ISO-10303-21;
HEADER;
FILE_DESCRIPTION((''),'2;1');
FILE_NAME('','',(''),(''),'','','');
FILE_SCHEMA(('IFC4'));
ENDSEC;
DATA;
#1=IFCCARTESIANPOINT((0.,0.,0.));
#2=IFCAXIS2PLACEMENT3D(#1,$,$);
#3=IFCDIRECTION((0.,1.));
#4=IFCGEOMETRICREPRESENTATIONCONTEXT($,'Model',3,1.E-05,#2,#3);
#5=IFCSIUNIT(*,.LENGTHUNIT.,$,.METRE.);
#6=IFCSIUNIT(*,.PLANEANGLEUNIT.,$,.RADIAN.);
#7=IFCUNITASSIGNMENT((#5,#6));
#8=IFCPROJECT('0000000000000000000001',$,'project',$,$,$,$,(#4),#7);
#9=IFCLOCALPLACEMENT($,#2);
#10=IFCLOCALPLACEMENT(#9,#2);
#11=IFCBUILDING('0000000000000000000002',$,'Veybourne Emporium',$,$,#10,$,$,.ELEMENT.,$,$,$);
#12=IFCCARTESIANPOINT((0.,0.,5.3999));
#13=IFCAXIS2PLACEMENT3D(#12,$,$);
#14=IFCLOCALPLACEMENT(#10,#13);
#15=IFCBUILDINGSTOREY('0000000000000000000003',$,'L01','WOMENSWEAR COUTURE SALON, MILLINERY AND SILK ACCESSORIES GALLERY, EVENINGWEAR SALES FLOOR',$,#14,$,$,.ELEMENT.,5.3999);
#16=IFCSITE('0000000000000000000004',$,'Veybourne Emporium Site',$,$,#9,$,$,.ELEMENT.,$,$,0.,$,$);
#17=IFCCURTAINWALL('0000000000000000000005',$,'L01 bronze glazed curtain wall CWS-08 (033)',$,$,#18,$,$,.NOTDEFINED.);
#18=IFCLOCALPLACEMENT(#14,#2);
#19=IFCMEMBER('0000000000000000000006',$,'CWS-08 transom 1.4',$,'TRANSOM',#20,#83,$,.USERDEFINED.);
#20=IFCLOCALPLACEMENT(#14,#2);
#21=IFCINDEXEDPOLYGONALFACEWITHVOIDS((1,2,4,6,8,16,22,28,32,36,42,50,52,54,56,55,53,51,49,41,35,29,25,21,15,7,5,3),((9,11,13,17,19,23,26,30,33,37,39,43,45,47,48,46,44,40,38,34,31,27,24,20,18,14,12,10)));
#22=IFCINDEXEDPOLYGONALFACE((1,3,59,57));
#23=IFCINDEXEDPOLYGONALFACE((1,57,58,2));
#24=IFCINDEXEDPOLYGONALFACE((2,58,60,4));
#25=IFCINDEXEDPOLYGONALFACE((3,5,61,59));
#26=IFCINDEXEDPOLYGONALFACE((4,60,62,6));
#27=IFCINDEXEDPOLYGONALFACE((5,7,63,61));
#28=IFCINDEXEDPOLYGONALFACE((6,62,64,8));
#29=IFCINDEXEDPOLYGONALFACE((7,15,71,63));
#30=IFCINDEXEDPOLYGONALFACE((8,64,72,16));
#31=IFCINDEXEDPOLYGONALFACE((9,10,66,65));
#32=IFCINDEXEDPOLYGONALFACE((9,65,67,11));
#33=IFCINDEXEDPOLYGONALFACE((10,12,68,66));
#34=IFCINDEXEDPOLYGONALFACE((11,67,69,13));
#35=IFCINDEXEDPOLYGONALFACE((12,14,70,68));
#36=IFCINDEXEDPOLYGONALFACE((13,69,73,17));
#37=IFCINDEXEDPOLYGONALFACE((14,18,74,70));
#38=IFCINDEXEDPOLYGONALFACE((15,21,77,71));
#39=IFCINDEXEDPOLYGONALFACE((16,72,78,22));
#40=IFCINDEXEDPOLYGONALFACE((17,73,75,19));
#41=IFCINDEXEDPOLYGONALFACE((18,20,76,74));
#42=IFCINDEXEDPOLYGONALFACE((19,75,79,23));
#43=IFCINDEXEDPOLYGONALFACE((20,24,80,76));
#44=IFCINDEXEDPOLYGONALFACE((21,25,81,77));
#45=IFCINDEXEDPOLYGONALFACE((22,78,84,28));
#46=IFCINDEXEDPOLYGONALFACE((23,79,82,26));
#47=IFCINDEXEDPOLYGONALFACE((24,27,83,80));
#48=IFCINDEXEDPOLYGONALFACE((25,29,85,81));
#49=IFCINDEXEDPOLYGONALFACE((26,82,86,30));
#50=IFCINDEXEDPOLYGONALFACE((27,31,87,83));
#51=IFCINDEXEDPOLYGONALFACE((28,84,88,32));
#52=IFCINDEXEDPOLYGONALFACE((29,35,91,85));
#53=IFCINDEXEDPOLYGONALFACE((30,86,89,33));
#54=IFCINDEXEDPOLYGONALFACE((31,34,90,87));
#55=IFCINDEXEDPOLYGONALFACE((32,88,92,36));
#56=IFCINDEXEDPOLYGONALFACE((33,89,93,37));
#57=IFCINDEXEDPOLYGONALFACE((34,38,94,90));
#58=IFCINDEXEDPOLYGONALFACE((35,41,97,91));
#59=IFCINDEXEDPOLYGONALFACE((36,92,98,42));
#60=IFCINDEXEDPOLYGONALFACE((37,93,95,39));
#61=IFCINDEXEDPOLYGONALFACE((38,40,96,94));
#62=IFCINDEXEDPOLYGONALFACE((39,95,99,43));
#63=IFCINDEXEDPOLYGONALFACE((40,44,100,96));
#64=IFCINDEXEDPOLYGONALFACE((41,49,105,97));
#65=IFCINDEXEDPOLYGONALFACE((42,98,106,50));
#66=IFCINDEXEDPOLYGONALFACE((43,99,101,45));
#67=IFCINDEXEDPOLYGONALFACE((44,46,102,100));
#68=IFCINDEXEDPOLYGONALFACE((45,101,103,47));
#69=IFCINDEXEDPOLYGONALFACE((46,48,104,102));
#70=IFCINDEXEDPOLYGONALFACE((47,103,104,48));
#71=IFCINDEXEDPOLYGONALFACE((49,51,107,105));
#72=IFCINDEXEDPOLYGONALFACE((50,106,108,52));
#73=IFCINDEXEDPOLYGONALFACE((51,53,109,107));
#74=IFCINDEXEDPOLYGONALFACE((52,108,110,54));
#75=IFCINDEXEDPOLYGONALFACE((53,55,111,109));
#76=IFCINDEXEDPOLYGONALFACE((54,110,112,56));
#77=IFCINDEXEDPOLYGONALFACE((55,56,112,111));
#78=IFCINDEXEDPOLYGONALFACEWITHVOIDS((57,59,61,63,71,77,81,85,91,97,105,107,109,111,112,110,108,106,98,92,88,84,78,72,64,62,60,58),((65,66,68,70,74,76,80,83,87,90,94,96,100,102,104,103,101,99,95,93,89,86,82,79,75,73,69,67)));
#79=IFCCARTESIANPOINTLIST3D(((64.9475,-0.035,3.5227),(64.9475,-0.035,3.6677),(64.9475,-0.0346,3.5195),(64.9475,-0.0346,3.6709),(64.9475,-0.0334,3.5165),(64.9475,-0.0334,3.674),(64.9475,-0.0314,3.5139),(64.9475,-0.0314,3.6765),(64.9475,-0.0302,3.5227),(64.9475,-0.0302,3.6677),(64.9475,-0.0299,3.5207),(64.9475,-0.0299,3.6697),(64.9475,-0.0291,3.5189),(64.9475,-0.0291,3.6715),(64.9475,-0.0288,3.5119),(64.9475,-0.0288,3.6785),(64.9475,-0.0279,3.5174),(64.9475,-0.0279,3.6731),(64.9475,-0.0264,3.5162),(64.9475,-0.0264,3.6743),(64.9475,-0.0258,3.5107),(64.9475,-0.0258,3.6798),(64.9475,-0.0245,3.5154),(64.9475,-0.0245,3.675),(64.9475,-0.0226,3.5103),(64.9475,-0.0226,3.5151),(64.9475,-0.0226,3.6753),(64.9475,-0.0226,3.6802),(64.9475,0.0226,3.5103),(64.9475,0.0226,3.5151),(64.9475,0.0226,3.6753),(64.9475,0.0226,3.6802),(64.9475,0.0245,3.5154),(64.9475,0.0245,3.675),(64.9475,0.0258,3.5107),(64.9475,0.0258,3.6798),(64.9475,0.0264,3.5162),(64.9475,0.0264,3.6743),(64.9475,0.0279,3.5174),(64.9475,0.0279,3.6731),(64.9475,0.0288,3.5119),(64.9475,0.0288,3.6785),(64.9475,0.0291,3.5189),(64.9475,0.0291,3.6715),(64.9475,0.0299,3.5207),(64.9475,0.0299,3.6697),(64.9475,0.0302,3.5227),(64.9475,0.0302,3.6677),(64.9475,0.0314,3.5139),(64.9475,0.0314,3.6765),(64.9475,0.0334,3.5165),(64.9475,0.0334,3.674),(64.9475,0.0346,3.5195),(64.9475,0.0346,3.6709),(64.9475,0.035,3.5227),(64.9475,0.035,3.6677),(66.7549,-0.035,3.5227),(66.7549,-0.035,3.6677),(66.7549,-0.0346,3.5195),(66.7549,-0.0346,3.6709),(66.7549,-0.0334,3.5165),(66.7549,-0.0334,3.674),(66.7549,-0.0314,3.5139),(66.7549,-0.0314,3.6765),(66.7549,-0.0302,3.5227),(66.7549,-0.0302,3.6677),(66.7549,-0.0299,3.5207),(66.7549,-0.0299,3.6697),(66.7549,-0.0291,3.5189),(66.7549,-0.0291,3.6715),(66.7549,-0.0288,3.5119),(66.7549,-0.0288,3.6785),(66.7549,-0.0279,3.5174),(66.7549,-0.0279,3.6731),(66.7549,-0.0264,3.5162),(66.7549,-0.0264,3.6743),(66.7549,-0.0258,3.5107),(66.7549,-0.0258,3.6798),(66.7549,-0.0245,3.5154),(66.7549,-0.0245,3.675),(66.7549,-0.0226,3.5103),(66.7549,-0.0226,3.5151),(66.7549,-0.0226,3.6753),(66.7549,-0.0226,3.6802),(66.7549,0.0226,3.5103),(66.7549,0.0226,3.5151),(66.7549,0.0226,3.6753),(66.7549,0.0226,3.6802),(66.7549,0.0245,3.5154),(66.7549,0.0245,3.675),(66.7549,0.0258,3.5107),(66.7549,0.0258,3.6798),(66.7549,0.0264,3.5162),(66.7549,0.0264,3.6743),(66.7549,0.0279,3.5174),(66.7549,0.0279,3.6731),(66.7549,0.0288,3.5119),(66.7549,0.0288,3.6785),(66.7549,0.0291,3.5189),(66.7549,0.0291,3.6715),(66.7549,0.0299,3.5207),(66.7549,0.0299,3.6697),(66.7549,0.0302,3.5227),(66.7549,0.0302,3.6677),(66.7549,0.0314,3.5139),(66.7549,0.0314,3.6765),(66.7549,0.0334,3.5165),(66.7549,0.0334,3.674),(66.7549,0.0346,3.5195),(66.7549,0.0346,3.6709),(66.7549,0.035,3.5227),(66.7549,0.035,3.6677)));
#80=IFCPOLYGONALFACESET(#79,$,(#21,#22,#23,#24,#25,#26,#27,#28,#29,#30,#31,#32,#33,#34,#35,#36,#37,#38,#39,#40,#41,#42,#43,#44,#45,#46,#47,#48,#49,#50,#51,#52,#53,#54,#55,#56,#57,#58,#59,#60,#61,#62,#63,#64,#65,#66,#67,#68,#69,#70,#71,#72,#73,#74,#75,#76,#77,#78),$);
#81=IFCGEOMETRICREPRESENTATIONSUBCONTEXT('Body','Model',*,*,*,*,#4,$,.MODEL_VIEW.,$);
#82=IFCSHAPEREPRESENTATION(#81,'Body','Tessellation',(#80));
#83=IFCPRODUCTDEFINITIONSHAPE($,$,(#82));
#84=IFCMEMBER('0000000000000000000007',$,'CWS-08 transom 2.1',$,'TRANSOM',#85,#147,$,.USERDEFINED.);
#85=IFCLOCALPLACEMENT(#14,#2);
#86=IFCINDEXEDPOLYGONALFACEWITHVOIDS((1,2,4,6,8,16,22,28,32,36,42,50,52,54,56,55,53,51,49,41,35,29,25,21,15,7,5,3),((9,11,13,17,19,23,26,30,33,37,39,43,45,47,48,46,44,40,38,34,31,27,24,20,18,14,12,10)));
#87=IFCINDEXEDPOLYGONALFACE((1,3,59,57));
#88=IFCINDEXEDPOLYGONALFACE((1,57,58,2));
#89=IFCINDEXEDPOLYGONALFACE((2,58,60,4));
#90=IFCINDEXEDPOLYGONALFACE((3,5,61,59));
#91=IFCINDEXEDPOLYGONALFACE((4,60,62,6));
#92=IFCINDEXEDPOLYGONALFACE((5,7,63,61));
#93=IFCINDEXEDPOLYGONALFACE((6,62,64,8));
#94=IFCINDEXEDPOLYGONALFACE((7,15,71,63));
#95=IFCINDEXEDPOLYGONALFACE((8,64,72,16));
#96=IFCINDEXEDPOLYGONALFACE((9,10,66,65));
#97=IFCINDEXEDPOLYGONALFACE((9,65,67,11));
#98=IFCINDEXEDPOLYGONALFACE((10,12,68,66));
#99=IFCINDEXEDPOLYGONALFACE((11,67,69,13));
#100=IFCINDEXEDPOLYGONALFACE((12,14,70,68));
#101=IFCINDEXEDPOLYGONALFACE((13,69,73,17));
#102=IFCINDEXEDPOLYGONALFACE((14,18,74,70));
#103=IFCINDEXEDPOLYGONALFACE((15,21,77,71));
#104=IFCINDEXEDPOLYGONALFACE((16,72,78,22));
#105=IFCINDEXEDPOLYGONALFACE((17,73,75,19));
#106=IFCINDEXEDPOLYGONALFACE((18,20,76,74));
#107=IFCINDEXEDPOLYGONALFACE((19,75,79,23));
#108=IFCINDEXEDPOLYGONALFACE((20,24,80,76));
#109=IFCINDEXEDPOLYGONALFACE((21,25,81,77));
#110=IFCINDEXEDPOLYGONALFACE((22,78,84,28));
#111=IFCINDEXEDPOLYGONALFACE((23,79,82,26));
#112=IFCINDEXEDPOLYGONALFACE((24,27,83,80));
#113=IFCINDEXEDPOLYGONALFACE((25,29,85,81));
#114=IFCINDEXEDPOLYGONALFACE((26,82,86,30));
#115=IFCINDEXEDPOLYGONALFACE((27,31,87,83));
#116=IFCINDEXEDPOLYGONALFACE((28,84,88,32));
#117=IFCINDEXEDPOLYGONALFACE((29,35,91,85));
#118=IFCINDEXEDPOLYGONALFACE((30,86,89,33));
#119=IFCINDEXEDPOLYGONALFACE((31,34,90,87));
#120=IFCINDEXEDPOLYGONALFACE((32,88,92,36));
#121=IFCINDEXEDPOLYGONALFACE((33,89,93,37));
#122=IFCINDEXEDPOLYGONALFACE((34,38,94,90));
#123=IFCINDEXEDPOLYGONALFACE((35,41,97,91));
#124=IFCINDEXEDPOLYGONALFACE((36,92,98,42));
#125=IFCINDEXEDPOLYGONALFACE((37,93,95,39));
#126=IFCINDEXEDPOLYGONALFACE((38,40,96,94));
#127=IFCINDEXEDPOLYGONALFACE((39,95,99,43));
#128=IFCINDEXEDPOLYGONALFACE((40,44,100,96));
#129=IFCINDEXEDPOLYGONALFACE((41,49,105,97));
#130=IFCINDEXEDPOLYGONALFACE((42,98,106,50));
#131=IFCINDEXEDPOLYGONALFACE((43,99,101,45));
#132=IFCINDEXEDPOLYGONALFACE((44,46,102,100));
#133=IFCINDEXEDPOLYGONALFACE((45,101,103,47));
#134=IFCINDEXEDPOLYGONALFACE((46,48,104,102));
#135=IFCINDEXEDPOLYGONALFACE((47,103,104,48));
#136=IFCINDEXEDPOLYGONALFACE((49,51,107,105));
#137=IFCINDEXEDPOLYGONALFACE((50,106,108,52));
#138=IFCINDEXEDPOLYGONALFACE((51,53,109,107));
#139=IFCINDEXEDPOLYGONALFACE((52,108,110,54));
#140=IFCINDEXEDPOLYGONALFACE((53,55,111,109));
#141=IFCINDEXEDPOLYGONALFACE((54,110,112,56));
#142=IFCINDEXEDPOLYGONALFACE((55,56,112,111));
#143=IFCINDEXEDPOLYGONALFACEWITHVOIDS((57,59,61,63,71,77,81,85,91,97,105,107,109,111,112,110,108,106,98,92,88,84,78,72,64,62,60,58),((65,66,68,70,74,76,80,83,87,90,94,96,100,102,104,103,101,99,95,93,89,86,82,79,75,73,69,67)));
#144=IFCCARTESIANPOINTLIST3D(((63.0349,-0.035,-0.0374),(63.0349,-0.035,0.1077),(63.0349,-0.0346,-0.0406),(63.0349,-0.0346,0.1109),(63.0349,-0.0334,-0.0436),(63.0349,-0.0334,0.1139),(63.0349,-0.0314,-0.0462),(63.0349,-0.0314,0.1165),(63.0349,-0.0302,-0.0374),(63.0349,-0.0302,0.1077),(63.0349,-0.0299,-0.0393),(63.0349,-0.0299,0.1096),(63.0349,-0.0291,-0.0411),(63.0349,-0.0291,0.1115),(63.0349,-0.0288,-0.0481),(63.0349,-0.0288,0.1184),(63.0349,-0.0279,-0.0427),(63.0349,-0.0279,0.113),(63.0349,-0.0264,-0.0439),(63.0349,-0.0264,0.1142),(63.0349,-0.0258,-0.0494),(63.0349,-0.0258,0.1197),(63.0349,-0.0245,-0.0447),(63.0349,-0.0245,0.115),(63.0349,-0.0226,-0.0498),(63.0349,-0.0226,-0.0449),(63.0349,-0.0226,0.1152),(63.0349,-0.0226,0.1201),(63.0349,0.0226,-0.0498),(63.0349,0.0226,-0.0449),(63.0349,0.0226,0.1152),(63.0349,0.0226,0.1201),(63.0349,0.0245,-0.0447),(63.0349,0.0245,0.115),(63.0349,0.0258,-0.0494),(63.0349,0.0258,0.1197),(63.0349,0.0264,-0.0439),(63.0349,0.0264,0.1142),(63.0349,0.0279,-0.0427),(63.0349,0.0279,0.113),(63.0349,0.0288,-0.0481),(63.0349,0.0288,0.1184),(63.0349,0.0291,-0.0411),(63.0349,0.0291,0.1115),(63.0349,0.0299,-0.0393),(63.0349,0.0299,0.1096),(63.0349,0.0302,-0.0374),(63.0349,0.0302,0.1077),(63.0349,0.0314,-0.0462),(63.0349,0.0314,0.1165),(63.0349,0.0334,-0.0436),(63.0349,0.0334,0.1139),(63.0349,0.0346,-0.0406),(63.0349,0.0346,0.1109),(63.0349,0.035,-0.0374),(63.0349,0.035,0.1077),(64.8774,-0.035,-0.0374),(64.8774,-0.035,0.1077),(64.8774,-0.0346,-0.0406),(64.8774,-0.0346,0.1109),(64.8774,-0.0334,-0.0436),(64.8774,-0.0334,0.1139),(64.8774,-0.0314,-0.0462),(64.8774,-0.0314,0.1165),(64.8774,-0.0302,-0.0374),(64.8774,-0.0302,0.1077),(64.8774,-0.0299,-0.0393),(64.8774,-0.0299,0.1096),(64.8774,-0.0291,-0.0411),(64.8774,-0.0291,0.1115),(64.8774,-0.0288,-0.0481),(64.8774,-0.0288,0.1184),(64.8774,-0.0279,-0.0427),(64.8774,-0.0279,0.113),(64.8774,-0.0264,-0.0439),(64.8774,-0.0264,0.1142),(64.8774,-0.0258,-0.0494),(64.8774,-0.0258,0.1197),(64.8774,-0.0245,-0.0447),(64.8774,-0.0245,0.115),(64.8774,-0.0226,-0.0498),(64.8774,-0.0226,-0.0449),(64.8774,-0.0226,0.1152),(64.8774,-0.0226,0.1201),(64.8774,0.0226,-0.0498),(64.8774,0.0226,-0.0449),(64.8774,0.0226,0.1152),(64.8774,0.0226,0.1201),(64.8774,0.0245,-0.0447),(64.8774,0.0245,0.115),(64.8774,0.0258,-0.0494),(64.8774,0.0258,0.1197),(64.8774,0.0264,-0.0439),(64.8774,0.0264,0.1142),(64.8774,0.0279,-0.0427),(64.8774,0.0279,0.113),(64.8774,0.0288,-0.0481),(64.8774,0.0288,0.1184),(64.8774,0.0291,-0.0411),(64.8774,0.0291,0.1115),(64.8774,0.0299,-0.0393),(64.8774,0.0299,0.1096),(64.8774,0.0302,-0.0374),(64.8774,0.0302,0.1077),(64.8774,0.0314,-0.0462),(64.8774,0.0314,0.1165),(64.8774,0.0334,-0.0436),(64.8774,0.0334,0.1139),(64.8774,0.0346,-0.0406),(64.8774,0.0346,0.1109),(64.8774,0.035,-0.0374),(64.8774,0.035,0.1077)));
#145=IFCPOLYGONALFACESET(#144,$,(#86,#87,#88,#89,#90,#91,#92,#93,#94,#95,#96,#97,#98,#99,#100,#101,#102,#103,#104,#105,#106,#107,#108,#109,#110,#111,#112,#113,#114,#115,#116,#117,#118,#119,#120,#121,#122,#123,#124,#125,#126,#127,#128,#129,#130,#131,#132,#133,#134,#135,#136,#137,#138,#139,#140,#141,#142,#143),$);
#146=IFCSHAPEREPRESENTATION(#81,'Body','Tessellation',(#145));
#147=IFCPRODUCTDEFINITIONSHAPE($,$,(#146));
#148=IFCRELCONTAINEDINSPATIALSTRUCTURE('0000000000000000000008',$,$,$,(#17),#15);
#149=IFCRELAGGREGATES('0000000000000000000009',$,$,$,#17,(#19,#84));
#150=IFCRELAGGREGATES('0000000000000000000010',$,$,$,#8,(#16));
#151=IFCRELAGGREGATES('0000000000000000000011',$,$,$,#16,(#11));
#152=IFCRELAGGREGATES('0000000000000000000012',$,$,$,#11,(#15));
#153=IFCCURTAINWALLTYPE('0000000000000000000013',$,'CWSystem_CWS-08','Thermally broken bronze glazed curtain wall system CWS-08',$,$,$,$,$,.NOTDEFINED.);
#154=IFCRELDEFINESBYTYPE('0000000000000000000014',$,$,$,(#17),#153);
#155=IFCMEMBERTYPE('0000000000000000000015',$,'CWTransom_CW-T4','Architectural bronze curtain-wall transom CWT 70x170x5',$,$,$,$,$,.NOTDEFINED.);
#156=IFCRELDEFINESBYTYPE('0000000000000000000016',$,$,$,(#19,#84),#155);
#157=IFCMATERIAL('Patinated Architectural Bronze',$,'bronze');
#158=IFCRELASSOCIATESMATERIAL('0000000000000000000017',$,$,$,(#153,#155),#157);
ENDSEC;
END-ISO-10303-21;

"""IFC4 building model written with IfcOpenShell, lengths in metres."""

from ifc_helpers import new_model, si_unit, direction, frame, origin, origin_2d, place, context, subcontext, project, spatial, hollow_rectangle, extrude, material, material_profile, profile_set, type_object, element, aggregate, save


model = new_model("IFC4")

# Units and contexts
model_context = context("Model", 3, precision=1e-05, world=origin(), true_north=direction((0.0, 1.0)))
body_context = subcontext(model_context, "Body", "Model", "MODEL_VIEW")
ifc_project = project(units=[si_unit("LENGTHUNIT", "METRE"), si_unit("PLANEANGLEUNIT", "RADIAN")], contexts=[model_context])

# Site, building, storey
site_placement = place(None, origin())
site = spatial("IfcSite", under=ifc_project, at=site_placement, Name="Veybourne Emporium Site", CompositionType="ELEMENT", RefElevation=0.0)
building_placement = place(site_placement, origin())
building = spatial("IfcBuilding", under=site, at=building_placement, Name="Veybourne Emporium", CompositionType="ELEMENT")
storey_placement = place(building_placement, frame((0.0, 0.0, 5.3999)))
storey = spatial("IfcBuildingStorey", under=building, at=storey_placement, Name="L01", Description="WOMENSWEAR COUTURE SALON, MILLINERY AND SILK ACCESSORIES GALLERY, EVENINGWEAR SALES FLOOR", CompositionType="ELEMENT", Elevation=5.3999)

# Curtain wall, members
ifc_material_1 = material(Name="Patinated Architectural Bronze", Category="bronze")
curtain_wall_type = type_object("IfcCurtainWallType", Name="CWSystem_CWS-08", Description="Thermally broken bronze glazed curtain wall system CWS-08", PredefinedType="NOTDEFINED", material=ifc_material_1)
curtain_wall_placement = place(storey_placement, origin())
curtain_wall = element("IfcCurtainWall", 1, at=curtain_wall_placement, inside=storey, type_object=curtain_wall_type, Name="L01 bronze glazed curtain wall CWS-08 (033)", PredefinedType="NOTDEFINED")
ifc_material_profile_1 = material_profile(ifc_material_1, hollow_rectangle(XDim=0.0701, YDim=0.1699, WallThickness=0.0049, InnerFilletRadius=0.0076, OuterFilletRadius=0.0125, at=origin_2d()), Name="CWT 70x170x5")
ifc_profile_set_1 = profile_set([ifc_material_profile_1], Name="Patinated Architectural Bronze")
member_type_1 = type_object("IfcMemberType", Name="CWTransom_CW-T4", Description="Architectural bronze curtain-wall transom CWT 70x170x5", PredefinedType="NOTDEFINED", material=ifc_profile_set_1)
member_1_placement = place(storey_placement, frame((66.7549, 0.0, 3.5952), z_axis=(-1.0, 0.0, 0.0), x_axis=(0.0, -1.0, 0.0)))
member_1 = element("IfcMember", 2, at=member_1_placement, type_object=member_type_1, Name="CWS-08 transom 1.4", ObjectType="TRANSOM", PredefinedType="USERDEFINED", context=body_context, shape_type="SweptSolid", body=[
    extrude(hollow_rectangle(XDim=0.0701, YDim=0.1699, WallThickness=0.0049, InnerFilletRadius=0.0076, OuterFilletRadius=0.0125, at=origin_2d()), origin(), (0.0, 0.0, 1.0), 1.8074),
])
member_2_placement = place(storey_placement, frame((64.8774, 0.0, 0.0352), z_axis=(-1.0, 0.0, 0.0), x_axis=(0.0, -1.0, 0.0)))
member_2 = element("IfcMember", 3, at=member_2_placement, type_object=member_type_1, Name="CWS-08 transom 2.1", ObjectType="TRANSOM", PredefinedType="USERDEFINED", context=body_context, shape_type="SweptSolid", body=[
    extrude(hollow_rectangle(XDim=0.0701, YDim=0.1699, WallThickness=0.0049, InnerFilletRadius=0.0076, OuterFilletRadius=0.0125, at=origin_2d()), origin(), (0.0, 0.0, 1.0), 1.8425),
])

aggregate(curtain_wall, [member_1, member_2])

save(model, "model.ifc")
